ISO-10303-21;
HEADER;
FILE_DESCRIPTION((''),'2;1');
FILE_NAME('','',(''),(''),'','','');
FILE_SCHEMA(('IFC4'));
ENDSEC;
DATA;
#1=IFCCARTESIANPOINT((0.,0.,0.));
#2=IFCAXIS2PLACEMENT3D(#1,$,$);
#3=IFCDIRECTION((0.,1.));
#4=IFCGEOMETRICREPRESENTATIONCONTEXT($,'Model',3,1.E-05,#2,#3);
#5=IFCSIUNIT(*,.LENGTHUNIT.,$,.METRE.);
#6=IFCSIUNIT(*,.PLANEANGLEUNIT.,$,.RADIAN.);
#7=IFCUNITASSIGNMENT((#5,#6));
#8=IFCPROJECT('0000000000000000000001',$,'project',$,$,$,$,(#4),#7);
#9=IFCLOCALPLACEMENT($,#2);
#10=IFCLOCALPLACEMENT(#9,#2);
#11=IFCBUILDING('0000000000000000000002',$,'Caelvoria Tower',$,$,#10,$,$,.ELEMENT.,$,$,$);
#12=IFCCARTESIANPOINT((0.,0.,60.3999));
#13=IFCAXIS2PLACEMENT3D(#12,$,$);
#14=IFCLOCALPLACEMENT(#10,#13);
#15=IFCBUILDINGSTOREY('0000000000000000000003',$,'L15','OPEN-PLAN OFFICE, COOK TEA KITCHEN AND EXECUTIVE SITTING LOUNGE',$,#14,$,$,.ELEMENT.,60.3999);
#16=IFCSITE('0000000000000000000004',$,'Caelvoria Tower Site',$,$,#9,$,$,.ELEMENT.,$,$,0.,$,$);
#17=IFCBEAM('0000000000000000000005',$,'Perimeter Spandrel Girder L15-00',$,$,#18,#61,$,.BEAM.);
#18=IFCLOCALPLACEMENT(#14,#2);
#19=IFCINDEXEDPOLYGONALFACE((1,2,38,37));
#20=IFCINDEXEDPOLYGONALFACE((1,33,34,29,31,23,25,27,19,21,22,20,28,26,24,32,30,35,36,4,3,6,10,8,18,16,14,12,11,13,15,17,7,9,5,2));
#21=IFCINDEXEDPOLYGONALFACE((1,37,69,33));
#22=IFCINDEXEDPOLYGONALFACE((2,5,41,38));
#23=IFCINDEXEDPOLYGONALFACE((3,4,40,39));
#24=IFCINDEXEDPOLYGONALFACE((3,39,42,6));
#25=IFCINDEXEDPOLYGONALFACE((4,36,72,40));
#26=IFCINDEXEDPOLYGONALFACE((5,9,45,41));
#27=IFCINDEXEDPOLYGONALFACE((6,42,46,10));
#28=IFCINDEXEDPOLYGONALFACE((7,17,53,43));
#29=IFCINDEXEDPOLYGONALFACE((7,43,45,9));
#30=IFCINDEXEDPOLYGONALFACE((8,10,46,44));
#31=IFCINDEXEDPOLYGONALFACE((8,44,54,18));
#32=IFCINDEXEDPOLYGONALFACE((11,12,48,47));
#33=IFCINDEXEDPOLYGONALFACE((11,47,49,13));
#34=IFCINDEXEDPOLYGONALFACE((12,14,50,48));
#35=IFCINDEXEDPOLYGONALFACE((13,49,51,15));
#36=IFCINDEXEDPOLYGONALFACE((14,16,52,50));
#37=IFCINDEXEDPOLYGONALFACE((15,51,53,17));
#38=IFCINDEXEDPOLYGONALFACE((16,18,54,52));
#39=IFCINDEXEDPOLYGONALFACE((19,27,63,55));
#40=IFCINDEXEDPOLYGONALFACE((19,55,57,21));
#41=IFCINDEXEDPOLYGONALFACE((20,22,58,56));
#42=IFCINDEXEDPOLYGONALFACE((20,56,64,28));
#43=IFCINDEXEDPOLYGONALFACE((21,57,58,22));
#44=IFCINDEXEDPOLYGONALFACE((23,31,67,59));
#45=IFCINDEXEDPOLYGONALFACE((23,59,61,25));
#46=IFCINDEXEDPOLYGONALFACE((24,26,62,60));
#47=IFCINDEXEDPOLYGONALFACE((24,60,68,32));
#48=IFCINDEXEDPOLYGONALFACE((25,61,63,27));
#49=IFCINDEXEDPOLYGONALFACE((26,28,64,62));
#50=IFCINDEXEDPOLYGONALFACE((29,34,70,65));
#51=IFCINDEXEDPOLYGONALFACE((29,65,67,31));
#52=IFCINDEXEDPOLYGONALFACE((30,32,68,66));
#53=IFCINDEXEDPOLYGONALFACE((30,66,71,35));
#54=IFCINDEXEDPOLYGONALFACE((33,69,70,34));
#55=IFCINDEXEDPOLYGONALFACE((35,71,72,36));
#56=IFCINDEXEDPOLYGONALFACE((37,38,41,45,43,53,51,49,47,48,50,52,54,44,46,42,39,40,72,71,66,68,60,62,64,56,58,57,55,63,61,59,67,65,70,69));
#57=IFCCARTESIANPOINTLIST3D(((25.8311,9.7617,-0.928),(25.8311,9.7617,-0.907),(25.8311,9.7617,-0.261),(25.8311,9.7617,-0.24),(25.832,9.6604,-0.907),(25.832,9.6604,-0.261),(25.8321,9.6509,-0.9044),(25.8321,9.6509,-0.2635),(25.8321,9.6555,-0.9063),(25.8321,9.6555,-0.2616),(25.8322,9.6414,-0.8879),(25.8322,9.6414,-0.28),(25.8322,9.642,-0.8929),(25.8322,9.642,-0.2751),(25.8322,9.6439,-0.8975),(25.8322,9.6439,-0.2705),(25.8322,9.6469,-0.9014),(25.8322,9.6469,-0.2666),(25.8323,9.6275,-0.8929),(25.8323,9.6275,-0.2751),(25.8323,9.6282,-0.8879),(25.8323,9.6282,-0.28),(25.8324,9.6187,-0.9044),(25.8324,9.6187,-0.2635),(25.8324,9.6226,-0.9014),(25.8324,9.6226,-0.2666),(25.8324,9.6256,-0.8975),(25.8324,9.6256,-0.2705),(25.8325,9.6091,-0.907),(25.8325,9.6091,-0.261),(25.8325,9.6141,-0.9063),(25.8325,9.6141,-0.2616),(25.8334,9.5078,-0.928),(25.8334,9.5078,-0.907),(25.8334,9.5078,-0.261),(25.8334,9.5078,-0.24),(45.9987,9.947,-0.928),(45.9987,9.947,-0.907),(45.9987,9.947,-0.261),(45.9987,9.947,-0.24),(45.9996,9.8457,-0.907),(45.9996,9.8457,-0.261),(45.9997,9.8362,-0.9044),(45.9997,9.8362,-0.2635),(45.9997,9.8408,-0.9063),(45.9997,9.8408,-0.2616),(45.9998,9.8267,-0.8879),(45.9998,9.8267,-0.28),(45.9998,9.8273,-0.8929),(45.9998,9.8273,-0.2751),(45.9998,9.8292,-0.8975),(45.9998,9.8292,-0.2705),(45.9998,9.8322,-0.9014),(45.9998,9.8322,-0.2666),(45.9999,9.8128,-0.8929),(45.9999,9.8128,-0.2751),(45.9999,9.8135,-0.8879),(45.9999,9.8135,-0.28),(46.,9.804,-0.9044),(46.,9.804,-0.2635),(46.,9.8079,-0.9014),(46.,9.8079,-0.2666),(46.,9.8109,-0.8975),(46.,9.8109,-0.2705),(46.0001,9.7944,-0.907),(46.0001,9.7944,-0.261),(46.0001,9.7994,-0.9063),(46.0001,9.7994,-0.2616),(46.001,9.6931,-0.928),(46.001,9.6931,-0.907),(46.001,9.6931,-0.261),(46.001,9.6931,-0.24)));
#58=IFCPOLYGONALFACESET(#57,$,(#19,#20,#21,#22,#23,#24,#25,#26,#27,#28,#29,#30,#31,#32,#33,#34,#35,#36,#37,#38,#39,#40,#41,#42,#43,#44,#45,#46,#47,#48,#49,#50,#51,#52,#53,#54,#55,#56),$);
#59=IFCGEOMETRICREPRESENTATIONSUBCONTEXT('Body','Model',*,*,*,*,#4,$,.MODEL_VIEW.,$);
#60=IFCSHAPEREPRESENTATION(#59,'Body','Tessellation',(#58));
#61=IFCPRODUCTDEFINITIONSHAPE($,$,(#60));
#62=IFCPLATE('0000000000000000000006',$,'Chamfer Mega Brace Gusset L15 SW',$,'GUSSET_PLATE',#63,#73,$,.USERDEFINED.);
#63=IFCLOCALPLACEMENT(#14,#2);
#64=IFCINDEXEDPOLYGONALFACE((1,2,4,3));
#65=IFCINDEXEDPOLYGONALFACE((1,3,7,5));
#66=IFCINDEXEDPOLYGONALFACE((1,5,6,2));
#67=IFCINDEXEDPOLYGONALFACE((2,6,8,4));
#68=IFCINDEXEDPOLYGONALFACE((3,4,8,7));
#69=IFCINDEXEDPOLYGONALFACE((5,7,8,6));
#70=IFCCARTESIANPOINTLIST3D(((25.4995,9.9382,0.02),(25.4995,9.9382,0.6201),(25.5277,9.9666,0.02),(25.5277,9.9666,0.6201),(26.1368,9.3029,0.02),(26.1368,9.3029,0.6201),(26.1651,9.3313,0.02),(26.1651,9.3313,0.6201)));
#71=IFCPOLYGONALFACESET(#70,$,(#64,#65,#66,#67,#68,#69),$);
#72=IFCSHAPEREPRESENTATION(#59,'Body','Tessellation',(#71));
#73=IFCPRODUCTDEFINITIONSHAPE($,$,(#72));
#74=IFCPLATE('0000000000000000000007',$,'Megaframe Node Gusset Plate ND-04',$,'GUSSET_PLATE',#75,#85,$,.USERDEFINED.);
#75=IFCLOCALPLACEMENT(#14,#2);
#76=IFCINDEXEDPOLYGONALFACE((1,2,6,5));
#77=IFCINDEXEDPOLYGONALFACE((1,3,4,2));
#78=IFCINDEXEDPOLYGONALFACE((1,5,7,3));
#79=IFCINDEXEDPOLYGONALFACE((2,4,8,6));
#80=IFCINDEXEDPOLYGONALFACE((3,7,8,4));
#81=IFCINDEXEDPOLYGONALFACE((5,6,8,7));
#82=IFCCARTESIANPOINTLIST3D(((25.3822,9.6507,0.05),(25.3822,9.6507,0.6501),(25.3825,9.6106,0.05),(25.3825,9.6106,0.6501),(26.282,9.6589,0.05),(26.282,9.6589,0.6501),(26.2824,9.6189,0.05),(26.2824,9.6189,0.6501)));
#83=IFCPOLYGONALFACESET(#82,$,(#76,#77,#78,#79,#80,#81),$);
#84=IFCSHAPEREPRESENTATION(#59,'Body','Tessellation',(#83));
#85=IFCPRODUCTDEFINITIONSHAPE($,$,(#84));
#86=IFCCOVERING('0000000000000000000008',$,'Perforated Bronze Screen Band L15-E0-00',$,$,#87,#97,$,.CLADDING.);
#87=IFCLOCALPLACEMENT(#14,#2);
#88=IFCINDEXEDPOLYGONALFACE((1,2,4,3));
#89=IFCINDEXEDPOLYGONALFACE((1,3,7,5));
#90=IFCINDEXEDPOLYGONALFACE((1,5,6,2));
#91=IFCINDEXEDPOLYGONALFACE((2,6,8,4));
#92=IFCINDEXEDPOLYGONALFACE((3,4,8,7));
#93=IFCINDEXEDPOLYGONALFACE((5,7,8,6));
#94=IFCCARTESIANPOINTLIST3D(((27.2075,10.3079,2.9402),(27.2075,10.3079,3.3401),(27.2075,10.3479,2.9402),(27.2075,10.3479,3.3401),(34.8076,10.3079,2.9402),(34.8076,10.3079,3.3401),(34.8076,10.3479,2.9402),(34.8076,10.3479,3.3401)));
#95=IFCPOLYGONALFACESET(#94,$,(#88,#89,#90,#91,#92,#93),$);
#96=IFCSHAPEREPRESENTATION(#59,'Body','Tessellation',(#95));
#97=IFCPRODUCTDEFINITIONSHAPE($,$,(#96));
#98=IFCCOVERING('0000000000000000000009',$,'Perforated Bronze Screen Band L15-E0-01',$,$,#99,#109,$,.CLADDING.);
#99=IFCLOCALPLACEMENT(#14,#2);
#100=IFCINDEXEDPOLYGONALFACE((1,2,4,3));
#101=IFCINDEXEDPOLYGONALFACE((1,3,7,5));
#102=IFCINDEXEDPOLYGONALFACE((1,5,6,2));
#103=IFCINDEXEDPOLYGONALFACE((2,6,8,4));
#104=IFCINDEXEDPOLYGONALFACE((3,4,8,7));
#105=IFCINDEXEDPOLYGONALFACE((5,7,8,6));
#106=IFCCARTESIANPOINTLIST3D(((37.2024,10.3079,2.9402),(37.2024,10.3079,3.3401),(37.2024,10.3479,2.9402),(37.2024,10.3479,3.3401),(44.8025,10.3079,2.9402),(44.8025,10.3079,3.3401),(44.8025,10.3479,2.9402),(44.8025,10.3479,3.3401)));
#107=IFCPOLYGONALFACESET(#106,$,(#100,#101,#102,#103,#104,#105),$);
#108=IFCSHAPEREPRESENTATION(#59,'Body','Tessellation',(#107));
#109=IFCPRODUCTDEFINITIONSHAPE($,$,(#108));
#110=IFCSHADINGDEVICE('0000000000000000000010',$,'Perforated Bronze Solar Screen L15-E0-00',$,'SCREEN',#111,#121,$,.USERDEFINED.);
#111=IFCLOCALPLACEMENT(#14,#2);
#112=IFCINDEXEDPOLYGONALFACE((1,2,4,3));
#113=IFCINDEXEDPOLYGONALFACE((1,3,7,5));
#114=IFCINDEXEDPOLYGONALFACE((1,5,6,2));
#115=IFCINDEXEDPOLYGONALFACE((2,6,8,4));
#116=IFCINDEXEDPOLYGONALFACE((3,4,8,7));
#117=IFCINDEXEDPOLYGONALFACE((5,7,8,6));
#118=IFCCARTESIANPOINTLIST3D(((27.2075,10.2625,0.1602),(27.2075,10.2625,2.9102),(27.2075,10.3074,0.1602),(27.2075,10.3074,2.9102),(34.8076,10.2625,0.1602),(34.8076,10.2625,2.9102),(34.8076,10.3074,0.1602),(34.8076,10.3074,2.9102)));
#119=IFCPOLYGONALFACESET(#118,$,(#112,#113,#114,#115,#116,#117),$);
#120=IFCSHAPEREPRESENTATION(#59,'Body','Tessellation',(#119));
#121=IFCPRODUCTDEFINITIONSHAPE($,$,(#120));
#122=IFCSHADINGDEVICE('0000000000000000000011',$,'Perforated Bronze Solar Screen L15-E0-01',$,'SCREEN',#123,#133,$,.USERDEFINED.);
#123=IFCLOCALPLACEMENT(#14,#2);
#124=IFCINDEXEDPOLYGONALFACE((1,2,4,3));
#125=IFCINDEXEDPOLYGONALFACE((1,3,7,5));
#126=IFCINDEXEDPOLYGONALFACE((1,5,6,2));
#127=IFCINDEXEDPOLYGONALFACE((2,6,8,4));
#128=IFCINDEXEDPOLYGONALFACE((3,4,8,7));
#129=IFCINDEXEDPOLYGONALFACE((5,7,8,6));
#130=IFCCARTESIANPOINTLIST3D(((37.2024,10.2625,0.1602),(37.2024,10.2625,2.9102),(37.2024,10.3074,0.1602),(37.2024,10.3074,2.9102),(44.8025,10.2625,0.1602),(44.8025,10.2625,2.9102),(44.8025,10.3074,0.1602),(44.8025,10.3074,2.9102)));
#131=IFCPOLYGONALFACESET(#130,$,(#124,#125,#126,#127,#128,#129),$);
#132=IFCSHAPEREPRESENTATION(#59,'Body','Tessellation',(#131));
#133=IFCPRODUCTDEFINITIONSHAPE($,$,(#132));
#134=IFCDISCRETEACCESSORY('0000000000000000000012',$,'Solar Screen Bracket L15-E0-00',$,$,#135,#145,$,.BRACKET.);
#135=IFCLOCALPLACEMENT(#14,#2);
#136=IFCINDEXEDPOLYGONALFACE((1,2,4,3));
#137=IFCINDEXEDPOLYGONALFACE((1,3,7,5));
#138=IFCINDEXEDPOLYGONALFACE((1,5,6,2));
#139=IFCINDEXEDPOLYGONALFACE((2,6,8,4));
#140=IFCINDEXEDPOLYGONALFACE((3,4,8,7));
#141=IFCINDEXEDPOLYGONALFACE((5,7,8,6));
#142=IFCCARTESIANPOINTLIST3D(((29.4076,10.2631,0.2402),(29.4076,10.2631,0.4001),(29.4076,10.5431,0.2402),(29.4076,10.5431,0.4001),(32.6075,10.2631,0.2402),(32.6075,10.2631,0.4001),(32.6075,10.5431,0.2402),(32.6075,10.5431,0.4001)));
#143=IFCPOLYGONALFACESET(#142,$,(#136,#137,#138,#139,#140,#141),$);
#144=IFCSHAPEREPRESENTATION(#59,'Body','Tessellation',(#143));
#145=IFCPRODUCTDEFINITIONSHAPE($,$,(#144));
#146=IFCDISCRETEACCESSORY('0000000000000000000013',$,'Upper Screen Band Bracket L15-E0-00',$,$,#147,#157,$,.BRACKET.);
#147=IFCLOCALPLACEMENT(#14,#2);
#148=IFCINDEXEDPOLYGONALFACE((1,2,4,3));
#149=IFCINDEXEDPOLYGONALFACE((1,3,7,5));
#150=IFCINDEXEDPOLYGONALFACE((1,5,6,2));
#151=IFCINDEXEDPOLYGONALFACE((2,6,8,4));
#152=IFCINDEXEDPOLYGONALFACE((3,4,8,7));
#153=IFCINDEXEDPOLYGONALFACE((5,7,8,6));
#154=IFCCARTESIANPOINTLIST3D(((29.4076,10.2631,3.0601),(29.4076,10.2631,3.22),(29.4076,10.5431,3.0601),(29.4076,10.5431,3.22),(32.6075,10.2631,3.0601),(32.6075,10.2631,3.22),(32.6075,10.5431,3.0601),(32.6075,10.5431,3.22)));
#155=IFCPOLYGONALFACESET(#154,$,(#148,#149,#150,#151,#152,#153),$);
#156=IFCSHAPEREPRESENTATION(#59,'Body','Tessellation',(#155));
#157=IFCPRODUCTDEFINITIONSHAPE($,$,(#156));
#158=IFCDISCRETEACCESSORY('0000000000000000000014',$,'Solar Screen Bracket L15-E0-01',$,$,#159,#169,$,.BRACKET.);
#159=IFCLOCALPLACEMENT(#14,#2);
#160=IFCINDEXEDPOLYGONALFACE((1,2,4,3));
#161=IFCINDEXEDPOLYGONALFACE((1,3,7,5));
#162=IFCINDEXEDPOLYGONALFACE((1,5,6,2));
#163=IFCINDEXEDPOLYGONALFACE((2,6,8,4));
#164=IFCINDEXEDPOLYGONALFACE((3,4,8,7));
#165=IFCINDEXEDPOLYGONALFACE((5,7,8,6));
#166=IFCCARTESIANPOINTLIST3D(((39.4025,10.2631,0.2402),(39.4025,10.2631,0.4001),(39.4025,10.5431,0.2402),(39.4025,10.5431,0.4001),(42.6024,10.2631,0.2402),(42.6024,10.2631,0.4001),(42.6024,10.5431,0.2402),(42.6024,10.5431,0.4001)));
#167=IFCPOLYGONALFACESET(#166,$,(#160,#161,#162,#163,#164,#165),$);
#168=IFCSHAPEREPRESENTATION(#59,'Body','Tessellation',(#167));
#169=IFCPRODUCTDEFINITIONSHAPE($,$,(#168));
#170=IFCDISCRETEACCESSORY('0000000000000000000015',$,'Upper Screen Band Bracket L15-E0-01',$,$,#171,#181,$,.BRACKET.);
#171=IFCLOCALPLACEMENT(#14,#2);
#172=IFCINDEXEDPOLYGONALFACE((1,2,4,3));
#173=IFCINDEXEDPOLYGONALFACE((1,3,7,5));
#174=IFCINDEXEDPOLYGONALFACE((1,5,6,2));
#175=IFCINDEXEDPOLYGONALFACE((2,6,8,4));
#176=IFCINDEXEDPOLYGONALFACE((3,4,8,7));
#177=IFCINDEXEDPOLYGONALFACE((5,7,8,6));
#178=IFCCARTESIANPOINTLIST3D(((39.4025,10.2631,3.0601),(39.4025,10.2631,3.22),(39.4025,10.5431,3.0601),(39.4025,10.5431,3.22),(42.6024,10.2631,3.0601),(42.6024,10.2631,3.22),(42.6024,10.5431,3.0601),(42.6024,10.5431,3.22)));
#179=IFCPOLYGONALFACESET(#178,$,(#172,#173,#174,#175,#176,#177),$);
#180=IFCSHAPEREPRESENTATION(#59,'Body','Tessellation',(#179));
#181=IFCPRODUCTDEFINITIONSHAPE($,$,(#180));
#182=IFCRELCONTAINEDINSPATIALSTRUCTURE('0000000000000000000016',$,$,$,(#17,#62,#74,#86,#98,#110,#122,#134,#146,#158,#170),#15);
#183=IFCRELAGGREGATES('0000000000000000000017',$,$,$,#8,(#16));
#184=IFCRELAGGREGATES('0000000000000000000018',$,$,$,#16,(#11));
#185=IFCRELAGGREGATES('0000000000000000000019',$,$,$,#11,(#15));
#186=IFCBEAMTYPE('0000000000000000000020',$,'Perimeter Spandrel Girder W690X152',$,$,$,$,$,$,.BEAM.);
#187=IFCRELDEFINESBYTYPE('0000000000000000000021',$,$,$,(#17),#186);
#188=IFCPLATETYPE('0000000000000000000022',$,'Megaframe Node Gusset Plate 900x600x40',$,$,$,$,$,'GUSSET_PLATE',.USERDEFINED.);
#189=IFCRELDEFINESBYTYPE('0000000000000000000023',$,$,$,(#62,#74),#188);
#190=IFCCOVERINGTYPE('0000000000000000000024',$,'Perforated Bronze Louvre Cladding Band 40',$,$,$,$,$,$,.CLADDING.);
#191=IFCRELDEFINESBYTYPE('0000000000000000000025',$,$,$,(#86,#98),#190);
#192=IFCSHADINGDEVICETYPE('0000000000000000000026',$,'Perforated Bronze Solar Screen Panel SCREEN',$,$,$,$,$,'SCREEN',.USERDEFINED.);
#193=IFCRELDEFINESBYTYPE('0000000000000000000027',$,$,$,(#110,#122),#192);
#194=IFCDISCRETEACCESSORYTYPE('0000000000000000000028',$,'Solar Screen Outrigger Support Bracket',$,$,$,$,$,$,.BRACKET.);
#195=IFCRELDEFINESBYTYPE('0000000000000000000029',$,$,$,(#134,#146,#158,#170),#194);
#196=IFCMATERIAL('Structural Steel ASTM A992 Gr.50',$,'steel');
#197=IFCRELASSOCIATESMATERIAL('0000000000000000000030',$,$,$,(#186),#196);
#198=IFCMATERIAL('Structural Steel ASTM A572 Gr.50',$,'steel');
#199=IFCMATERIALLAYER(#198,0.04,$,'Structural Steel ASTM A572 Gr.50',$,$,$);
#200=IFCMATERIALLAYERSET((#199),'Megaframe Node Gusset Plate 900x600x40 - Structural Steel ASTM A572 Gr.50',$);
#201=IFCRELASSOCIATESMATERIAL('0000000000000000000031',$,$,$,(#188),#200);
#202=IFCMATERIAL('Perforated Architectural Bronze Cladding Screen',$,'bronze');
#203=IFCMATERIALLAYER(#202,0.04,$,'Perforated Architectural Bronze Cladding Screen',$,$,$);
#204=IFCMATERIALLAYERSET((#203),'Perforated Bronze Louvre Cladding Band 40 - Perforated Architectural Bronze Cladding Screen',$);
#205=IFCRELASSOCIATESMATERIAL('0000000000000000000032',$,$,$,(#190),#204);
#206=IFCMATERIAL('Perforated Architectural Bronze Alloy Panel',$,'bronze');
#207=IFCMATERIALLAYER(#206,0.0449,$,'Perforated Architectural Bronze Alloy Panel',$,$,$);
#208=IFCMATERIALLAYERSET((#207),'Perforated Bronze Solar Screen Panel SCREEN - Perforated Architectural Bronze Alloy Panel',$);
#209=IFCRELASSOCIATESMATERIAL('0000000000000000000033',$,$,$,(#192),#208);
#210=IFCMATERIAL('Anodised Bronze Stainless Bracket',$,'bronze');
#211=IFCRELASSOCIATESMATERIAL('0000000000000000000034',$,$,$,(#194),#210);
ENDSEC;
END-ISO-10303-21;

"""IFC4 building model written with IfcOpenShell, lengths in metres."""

from ifc_helpers import new_model, si_unit, direction, frame, origin, origin_2d, place, context, subcontext, project, spatial, rectangle, i_section, extrude, material, layer, layer_set, material_profile, profile_set, type_object, element, save


model = new_model("IFC4")

# Units and contexts
model_context = context("Model", 3, precision=1e-05, world=origin(), true_north=direction((0.0, 1.0)))
body_context = subcontext(model_context, "Body", "Model", "MODEL_VIEW")
ifc_project = project(units=[si_unit("LENGTHUNIT", "METRE"), si_unit("PLANEANGLEUNIT", "RADIAN")], contexts=[model_context])

# Site, building, storey
site_placement = place(None, origin())
site = spatial("IfcSite", under=ifc_project, at=site_placement, Name="Caelvoria Tower Site", CompositionType="ELEMENT", RefElevation=0.0)
building_placement = place(site_placement, origin())
building = spatial("IfcBuilding", under=site, at=building_placement, Name="Caelvoria Tower", CompositionType="ELEMENT")
storey_placement = place(building_placement, frame((0.0, 0.0, 60.3999)))
storey = spatial("IfcBuildingStorey", under=building, at=storey_placement, Name="L15", Description="OPEN-PLAN OFFICE, COOK TEA KITCHEN AND EXECUTIVE SITTING LOUNGE", CompositionType="ELEMENT", Elevation=60.3999)

# Shared definitions
ifc_material_1 = material(Name="Structural Steel ASTM A572 Gr.50", Category="steel")

# Beam
ifc_material_2 = material(Name="Structural Steel ASTM A992 Gr.50", Category="steel")
ifc_material_profile_1 = material_profile(ifc_material_2, i_section(OverallWidth=0.2539, OverallDepth=0.688, WebThickness=0.0132, FlangeThickness=0.021, FilletRadius=0.019, at=origin_2d()), Name="Structural Steel ASTM A992 Gr.50")
ifc_profile_set_1 = profile_set([ifc_material_profile_1], Name="W690X152 - Structural Steel ASTM A992 Gr.50")
beam_type = type_object("IfcBeamType", Name="Perimeter Spandrel Girder W690X152", PredefinedType="BEAM", material=ifc_profile_set_1)
beam_placement = place(storey_placement, frame((25.8323, 9.6348, -0.584), z_axis=(0.999958, 0.009188, 0.0), x_axis=(-0.009188, 0.999958, 0.0)))
element("IfcBeam", 1, at=beam_placement, inside=storey, type_object=beam_type, Name="Perimeter Spandrel Girder L15-00", PredefinedType="BEAM", context=body_context, shape_type="SweptSolid", body=[
    extrude(i_section(OverallWidth=0.2539, OverallDepth=0.688, WebThickness=0.0132, FlangeThickness=0.021, FilletRadius=0.019, at=origin_2d()), origin(), (0.0, 0.0, 1.0), 20.1685),
])

# Plates
ifc_layer_1 = layer(ifc_material_1, 0.04, Name="Structural Steel ASTM A572 Gr.50")
ifc_layer_set_1 = layer_set([ifc_layer_1], Name="Megaframe Node Gusset Plate 900x600x40 - Structural Steel ASTM A572 Gr.50")
plate_type = type_object("IfcPlateType", Name="Megaframe Node Gusset Plate 900x600x40", ElementType="GUSSET_PLATE", PredefinedType="USERDEFINED", material=ifc_layer_set_1)
for number, where, z_axis, x_axis, name in (
    (2, (25.8323, 9.6348, 0.02), (0.0, 0.0, 1.0), (-0.708219, 0.705993, 0.0), "Chamfer Mega Brace Gusset L15 SW"),
    (3, (25.8323, 9.6348, 0.05), (0.0, 0.0, 1.0), (0.999958, 0.009187, 0.0), "Megaframe Node Gusset Plate ND-04"),
):
    element("IfcPlate", number, at=place(storey_placement, frame(where, z_axis=z_axis, x_axis=x_axis)), inside=storey, type_object=plate_type, Name=name, ObjectType="GUSSET_PLATE", PredefinedType="USERDEFINED", context=body_context, shape_type="SweptSolid", body=[
        extrude(rectangle(XDim=0.8999, YDim=0.04, at=origin_2d()), origin(), (0.0, 0.0, 1.0), 0.6001),
    ])

# Coverings
ifc_material_3 = material(Name="Perforated Architectural Bronze Cladding Screen", Category="bronze")
ifc_layer_2 = layer(ifc_material_3, 0.04, Name="Perforated Architectural Bronze Cladding Screen")
ifc_layer_set_2 = layer_set([ifc_layer_2], Name="Perforated Bronze Louvre Cladding Band 40 - Perforated Architectural Bronze Cladding Screen")
covering_type = type_object("IfcCoveringType", Name="Perforated Bronze Louvre Cladding Band 40", PredefinedType="CLADDING", material=ifc_layer_set_2)
for number, where, z_axis, x_axis, name in (
    (4, (31.0076, 10.3279, 2.9402), (0.0, 0.0, 1.0), (1.0, 0.0, 0.0), "Perforated Bronze Screen Band L15-E0-00"),
    (5, (41.0024, 10.3279, 2.9402), (0.0, 0.0, 1.0), (1.0, 0.0, 0.0), "Perforated Bronze Screen Band L15-E0-01"),
):
    element("IfcCovering", number, at=place(storey_placement, frame(where, z_axis=z_axis, x_axis=x_axis)), inside=storey, type_object=covering_type, Name=name, PredefinedType="CLADDING", context=body_context, shape_type="SweptSolid", body=[
        extrude(rectangle(XDim=7.6001, YDim=0.04, at=origin_2d()), origin(), (0.0, 0.0, 1.0), 0.3999),
    ])

# Shading devices
ifc_material_4 = material(Name="Perforated Architectural Bronze Alloy Panel", Category="bronze")
ifc_layer_3 = layer(ifc_material_4, 0.0449, Name="Perforated Architectural Bronze Alloy Panel")
ifc_layer_set_3 = layer_set([ifc_layer_3], Name="Perforated Bronze Solar Screen Panel SCREEN - Perforated Architectural Bronze Alloy Panel")
shading_device_type = type_object("IfcShadingDeviceType", Name="Perforated Bronze Solar Screen Panel SCREEN", ElementType="SCREEN", PredefinedType="USERDEFINED", material=ifc_layer_set_3)
for number, where, z_axis, x_axis, name in (
    (6, (31.0076, 10.2849, 0.1602), (0.0, 0.0, 1.0), (1.0, 0.0, 0.0), "Perforated Bronze Solar Screen L15-E0-00"),
    (7, (41.0024, 10.2849, 0.1602), (0.0, 0.0, 1.0), (1.0, 0.0, 0.0), "Perforated Bronze Solar Screen L15-E0-01"),
):
    element("IfcShadingDevice", number, at=place(storey_placement, frame(where, z_axis=z_axis, x_axis=x_axis)), inside=storey, type_object=shading_device_type, Name=name, ObjectType="SCREEN", PredefinedType="USERDEFINED", context=body_context, shape_type="SweptSolid", body=[
        extrude(rectangle(XDim=7.6001, YDim=0.0449, at=origin_2d()), origin(), (0.0, 0.0, 1.0), 2.75),
    ])

# Discrete accessories
ifc_material_5 = material(Name="Anodised Bronze Stainless Bracket", Category="bronze")
discrete_accessory_type = type_object("IfcDiscreteAccessoryType", Name="Solar Screen Outrigger Support Bracket", PredefinedType="BRACKET", material=ifc_material_5)
for number, where, z_axis, x_axis, name in (
    (8, (31.0076, 10.4031, 0.2402), (0.0, 0.0, 1.0), (1.0, 0.0, 0.0), "Solar Screen Bracket L15-E0-00"),
    (9, (31.0076, 10.4031, 3.0601), (0.0, 0.0, 1.0), (1.0, 0.0, 0.0), "Upper Screen Band Bracket L15-E0-00"),
    (10, (41.0024, 10.4031, 0.2402), (0.0, 0.0, 1.0), (1.0, 0.0, 0.0), "Solar Screen Bracket L15-E0-01"),
    (11, (41.0024, 10.4031, 3.0601), (0.0, 0.0, 1.0), (1.0, 0.0, 0.0), "Upper Screen Band Bracket L15-E0-01"),
):
    element("IfcDiscreteAccessory", number, at=place(storey_placement, frame(where, z_axis=z_axis, x_axis=x_axis)), inside=storey, type_object=discrete_accessory_type, Name=name, PredefinedType="BRACKET", context=body_context, shape_type="SweptSolid", body=[
        extrude(rectangle(XDim=3.2, YDim=0.28, at=origin_2d()), origin(), (0.0, 0.0, 1.0), 0.1599),
    ])

save(model, "model.ifc")
